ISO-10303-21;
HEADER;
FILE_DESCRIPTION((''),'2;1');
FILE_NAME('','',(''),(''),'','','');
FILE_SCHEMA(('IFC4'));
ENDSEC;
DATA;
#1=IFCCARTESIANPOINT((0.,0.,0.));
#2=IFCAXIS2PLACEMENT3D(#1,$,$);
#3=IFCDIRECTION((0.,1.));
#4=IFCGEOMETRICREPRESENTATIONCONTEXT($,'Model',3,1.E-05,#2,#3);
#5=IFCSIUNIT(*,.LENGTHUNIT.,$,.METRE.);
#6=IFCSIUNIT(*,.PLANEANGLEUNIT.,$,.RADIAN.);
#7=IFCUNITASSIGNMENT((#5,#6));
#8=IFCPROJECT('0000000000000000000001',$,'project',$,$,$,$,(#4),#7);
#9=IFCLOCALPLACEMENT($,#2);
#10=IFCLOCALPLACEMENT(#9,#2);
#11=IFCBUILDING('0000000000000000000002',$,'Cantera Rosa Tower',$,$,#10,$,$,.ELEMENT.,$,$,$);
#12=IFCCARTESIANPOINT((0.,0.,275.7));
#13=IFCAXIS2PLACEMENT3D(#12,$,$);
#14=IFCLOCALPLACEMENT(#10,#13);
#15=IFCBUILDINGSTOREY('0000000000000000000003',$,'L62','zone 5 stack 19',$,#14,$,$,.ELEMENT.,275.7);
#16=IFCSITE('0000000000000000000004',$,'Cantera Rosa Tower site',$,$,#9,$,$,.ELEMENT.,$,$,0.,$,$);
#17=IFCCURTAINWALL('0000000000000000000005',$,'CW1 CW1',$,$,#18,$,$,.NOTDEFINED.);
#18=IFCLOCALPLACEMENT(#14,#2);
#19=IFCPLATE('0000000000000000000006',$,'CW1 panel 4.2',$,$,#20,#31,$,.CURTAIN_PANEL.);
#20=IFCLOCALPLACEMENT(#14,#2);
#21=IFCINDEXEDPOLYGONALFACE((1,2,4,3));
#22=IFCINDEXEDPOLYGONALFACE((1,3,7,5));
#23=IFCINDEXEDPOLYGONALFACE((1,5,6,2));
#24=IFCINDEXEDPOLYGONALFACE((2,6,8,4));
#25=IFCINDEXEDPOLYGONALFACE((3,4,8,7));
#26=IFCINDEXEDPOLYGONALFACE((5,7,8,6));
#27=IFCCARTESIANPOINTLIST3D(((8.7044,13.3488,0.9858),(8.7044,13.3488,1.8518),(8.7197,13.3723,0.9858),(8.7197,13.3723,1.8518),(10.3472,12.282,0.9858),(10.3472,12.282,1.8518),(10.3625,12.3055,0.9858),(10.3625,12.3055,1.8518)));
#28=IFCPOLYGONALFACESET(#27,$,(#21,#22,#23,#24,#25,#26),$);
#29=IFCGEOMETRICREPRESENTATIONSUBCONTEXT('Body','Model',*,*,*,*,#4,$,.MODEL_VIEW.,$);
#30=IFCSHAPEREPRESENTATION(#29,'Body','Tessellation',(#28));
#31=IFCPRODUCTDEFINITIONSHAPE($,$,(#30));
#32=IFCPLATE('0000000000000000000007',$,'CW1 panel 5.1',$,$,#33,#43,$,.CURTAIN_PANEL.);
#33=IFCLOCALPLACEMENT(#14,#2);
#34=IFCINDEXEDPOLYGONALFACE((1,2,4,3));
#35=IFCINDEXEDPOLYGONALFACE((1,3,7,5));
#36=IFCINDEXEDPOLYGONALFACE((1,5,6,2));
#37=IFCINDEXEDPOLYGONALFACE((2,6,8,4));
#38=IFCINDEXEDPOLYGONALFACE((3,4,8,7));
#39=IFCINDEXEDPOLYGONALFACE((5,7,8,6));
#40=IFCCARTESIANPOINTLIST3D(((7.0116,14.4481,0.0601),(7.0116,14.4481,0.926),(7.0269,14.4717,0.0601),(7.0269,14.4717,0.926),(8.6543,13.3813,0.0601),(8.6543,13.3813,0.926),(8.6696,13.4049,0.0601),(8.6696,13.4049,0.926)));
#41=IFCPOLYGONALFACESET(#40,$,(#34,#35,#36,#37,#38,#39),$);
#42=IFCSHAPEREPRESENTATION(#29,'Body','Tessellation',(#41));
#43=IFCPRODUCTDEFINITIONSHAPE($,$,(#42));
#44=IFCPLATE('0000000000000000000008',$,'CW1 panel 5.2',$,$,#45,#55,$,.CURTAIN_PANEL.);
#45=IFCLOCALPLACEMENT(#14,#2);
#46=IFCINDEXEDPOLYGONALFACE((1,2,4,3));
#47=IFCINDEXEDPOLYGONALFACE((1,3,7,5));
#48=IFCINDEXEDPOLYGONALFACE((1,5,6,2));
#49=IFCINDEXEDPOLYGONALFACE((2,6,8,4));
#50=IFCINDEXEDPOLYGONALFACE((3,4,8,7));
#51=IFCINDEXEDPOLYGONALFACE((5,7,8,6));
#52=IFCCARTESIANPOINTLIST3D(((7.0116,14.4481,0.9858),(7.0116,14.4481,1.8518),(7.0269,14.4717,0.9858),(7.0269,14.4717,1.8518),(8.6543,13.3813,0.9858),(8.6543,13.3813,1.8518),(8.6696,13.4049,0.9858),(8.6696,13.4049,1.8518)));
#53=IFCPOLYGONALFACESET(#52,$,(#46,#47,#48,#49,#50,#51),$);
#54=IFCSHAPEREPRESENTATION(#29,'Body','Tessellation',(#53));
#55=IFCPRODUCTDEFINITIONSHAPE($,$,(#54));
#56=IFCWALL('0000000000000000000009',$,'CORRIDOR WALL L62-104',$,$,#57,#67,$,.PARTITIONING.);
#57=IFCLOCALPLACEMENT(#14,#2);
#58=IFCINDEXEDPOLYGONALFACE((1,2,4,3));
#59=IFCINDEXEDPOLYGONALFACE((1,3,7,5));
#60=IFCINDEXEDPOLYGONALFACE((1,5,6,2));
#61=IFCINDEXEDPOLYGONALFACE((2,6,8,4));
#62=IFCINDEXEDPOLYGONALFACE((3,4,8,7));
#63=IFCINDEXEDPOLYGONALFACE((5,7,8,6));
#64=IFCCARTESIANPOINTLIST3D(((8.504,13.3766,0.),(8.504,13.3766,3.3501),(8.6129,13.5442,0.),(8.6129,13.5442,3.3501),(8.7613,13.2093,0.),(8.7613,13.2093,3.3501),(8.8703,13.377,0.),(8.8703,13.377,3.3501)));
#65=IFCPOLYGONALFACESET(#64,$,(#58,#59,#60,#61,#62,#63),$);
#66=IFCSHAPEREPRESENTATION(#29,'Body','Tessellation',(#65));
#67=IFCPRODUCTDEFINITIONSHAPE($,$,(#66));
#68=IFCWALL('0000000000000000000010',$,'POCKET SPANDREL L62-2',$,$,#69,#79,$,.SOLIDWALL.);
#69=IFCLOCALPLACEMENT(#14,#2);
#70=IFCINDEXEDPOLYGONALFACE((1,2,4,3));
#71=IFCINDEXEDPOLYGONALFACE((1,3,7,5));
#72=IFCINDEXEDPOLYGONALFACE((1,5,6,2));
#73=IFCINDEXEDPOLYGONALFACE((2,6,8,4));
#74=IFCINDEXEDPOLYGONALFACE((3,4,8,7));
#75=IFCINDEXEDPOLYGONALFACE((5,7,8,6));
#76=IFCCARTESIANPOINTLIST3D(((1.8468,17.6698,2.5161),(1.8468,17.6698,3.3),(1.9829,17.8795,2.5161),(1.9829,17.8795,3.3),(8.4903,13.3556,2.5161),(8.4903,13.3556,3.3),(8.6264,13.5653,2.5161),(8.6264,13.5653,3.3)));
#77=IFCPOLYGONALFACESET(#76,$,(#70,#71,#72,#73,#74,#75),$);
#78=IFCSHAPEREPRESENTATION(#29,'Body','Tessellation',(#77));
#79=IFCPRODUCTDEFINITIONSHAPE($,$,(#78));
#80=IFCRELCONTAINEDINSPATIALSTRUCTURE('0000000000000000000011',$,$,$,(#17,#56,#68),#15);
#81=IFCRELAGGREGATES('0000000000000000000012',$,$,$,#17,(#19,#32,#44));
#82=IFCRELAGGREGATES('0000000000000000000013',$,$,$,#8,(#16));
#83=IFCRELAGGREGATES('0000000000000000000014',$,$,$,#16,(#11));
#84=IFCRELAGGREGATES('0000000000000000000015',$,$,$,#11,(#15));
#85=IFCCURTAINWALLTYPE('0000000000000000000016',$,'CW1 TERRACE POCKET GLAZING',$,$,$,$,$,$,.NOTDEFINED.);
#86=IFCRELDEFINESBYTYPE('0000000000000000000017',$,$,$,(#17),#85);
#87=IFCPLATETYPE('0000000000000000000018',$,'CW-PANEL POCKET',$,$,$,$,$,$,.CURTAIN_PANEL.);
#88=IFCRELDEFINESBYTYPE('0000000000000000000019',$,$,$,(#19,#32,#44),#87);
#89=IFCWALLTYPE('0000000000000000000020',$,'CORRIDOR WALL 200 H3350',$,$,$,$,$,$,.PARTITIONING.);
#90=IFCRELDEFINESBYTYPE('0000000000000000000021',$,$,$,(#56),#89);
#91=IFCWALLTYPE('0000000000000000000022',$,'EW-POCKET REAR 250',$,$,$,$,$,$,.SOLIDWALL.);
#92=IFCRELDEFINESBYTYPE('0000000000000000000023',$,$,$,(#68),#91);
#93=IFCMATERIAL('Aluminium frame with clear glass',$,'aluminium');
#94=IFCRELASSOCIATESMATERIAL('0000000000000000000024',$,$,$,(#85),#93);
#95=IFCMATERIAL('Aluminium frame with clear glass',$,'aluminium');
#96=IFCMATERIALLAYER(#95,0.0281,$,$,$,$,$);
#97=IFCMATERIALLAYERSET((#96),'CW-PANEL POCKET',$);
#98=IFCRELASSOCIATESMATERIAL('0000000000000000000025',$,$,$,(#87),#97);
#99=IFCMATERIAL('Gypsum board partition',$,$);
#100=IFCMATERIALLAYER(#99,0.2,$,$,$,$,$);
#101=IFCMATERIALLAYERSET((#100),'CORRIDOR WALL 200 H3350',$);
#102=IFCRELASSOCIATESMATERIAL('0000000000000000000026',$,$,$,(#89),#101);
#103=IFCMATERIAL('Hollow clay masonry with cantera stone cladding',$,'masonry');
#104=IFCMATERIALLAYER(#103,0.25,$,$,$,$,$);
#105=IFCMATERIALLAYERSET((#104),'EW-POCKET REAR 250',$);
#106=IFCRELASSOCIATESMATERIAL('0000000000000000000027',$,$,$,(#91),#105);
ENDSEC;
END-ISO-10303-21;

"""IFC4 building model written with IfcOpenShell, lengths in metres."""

from ifc_helpers import new_model, si_unit, direction, frame, frame_2d, origin, origin_2d, place, context, subcontext, project, spatial, rectangle, extrude, material, layer, layer_set, type_object, element, aggregate, save


model = new_model("IFC4")

# Units and contexts
model_context = context("Model", 3, precision=1e-05, world=origin(), true_north=direction((0.0, 1.0)))
body_context = subcontext(model_context, "Body", "Model", "MODEL_VIEW")
ifc_project = project(units=[si_unit("LENGTHUNIT", "METRE"), si_unit("PLANEANGLEUNIT", "RADIAN")], contexts=[model_context])

# Site, building, storey
site_placement = place(None, origin())
site = spatial("IfcSite", under=ifc_project, at=site_placement, Name="Cantera Rosa Tower site", CompositionType="ELEMENT", RefElevation=0.0)
building_placement = place(site_placement, origin())
building = spatial("IfcBuilding", under=site, at=building_placement, Name="Cantera Rosa Tower", CompositionType="ELEMENT")
storey_placement = place(building_placement, frame((0.0, 0.0, 275.7)))
storey = spatial("IfcBuildingStorey", under=building, at=storey_placement, Name="L62", Description="zone 5 stack 19", CompositionType="ELEMENT", Elevation=275.7)

# Curtain wall
ifc_material_1 = material(Name="Aluminium frame with clear glass", Category="aluminium")
curtain_wall_type = type_object("IfcCurtainWallType", Name="CW1 TERRACE POCKET GLAZING", PredefinedType="NOTDEFINED", material=ifc_material_1)
curtain_wall_placement = place(storey_placement, origin())
curtain_wall = element("IfcCurtainWall", 1, at=curtain_wall_placement, inside=storey, type_object=curtain_wall_type, Name="CW1 CW1", PredefinedType="NOTDEFINED")

# Plates
ifc_material_2 = material(Name="Aluminium frame with clear glass", Category="aluminium")
ifc_layer_1 = layer(ifc_material_2, 0.0281)
ifc_layer_set_1 = layer_set([ifc_layer_1], Name="CW-PANEL POCKET")
plate_type = type_object("IfcPlateType", Name="CW-PANEL POCKET", PredefinedType="CURTAIN_PANEL", material=ifc_layer_set_1)
plate_1_placement = place(storey_placement, frame((9.5334, 12.8271, 0.9858), z_axis=(0.0, 0.0, 1.0), x_axis=(-0.838671, 0.544639, 0.0)))
plate_1 = element("IfcPlate", 2, at=plate_1_placement, type_object=plate_type, Name="CW1 panel 4.2", PredefinedType="CURTAIN_PANEL", context=body_context, shape_type="SweptSolid", body=[
    extrude(rectangle(XDim=1.9587, YDim=0.0281, at=origin_2d()), origin(), (0.0, 0.0, 1.0), 0.866),
])
plate_2_placement = place(storey_placement, frame((7.8406, 13.9265, 0.0601), z_axis=(0.0, 0.0, 1.0), x_axis=(-0.838671, 0.544639, 0.0)))
plate_2 = element("IfcPlate", 3, at=plate_2_placement, type_object=plate_type, Name="CW1 panel 5.1", PredefinedType="CURTAIN_PANEL", context=body_context, shape_type="SweptSolid", body=[
    extrude(rectangle(XDim=1.9587, YDim=0.0281, at=origin_2d()), origin(), (0.0, 0.0, 1.0), 0.866),
])
plate_3_placement = place(storey_placement, frame((7.8406, 13.9265, 0.9858), z_axis=(0.0, 0.0, 1.0), x_axis=(-0.838671, 0.544639, 0.0)))
plate_3 = element("IfcPlate", 4, at=plate_3_placement, type_object=plate_type, Name="CW1 panel 5.2", PredefinedType="CURTAIN_PANEL", context=body_context, shape_type="SweptSolid", body=[
    extrude(rectangle(XDim=1.9587, YDim=0.0281, at=origin_2d()), origin(), (0.0, 0.0, 1.0), 0.866),
])
aggregate(curtain_wall, [plate_1, plate_2, plate_3])

# Walls
ifc_material_3 = material(Name="Gypsum board partition")
ifc_layer_2 = layer(ifc_material_3, 0.2)
ifc_layer_set_2 = layer_set([ifc_layer_2], Name="CORRIDOR WALL 200 H3350")
wall_type_1 = type_object("IfcWallType", Name="CORRIDOR WALL 200 H3350", PredefinedType="PARTITIONING", material=ifc_layer_set_2)
wall_1_placement = place(storey_placement, frame((8.8157, 13.2932, 0.0), z_axis=(0.0, 0.0, 1.0), x_axis=(-0.83848, 0.544932, 0.0)))
element("IfcWall", 5, at=wall_1_placement, inside=storey, type_object=wall_type_1, Name="CORRIDOR WALL L62-104", PredefinedType="PARTITIONING", context=body_context, shape_type="SweptSolid", body=[
    extrude(rectangle(XDim=0.3069, YDim=0.2, at=frame_2d((0.1533, 0.0))), origin(), (0.0, 0.0, 1.0), 3.3501),
])
ifc_material_4 = material(Name="Hollow clay masonry with cantera stone cladding", Category="masonry")
ifc_layer_3 = layer(ifc_material_4, 0.25)
ifc_layer_set_3 = layer_set([ifc_layer_3], Name="EW-POCKET REAR 250")
wall_type_2 = type_object("IfcWallType", Name="EW-POCKET REAR 250", PredefinedType="SOLIDWALL", material=ifc_layer_set_3)
wall_2_placement = place(storey_placement, frame((8.5583, 13.4604, 2.5161), z_axis=(0.0, 0.0, 1.0), x_axis=(-0.83868, 0.544624, 0.0)))
element("IfcWall", 6, at=wall_2_placement, inside=storey, type_object=wall_type_2, Name="POCKET SPANDREL L62-2", PredefinedType="SOLIDWALL", context=body_context, shape_type="SweptSolid", body=[
    extrude(rectangle(XDim=7.9214, YDim=0.25, at=frame_2d((3.9607, 0.0))), origin(), (0.0, 0.0, 1.0), 0.7839),
])

save(model, "model.ifc")
